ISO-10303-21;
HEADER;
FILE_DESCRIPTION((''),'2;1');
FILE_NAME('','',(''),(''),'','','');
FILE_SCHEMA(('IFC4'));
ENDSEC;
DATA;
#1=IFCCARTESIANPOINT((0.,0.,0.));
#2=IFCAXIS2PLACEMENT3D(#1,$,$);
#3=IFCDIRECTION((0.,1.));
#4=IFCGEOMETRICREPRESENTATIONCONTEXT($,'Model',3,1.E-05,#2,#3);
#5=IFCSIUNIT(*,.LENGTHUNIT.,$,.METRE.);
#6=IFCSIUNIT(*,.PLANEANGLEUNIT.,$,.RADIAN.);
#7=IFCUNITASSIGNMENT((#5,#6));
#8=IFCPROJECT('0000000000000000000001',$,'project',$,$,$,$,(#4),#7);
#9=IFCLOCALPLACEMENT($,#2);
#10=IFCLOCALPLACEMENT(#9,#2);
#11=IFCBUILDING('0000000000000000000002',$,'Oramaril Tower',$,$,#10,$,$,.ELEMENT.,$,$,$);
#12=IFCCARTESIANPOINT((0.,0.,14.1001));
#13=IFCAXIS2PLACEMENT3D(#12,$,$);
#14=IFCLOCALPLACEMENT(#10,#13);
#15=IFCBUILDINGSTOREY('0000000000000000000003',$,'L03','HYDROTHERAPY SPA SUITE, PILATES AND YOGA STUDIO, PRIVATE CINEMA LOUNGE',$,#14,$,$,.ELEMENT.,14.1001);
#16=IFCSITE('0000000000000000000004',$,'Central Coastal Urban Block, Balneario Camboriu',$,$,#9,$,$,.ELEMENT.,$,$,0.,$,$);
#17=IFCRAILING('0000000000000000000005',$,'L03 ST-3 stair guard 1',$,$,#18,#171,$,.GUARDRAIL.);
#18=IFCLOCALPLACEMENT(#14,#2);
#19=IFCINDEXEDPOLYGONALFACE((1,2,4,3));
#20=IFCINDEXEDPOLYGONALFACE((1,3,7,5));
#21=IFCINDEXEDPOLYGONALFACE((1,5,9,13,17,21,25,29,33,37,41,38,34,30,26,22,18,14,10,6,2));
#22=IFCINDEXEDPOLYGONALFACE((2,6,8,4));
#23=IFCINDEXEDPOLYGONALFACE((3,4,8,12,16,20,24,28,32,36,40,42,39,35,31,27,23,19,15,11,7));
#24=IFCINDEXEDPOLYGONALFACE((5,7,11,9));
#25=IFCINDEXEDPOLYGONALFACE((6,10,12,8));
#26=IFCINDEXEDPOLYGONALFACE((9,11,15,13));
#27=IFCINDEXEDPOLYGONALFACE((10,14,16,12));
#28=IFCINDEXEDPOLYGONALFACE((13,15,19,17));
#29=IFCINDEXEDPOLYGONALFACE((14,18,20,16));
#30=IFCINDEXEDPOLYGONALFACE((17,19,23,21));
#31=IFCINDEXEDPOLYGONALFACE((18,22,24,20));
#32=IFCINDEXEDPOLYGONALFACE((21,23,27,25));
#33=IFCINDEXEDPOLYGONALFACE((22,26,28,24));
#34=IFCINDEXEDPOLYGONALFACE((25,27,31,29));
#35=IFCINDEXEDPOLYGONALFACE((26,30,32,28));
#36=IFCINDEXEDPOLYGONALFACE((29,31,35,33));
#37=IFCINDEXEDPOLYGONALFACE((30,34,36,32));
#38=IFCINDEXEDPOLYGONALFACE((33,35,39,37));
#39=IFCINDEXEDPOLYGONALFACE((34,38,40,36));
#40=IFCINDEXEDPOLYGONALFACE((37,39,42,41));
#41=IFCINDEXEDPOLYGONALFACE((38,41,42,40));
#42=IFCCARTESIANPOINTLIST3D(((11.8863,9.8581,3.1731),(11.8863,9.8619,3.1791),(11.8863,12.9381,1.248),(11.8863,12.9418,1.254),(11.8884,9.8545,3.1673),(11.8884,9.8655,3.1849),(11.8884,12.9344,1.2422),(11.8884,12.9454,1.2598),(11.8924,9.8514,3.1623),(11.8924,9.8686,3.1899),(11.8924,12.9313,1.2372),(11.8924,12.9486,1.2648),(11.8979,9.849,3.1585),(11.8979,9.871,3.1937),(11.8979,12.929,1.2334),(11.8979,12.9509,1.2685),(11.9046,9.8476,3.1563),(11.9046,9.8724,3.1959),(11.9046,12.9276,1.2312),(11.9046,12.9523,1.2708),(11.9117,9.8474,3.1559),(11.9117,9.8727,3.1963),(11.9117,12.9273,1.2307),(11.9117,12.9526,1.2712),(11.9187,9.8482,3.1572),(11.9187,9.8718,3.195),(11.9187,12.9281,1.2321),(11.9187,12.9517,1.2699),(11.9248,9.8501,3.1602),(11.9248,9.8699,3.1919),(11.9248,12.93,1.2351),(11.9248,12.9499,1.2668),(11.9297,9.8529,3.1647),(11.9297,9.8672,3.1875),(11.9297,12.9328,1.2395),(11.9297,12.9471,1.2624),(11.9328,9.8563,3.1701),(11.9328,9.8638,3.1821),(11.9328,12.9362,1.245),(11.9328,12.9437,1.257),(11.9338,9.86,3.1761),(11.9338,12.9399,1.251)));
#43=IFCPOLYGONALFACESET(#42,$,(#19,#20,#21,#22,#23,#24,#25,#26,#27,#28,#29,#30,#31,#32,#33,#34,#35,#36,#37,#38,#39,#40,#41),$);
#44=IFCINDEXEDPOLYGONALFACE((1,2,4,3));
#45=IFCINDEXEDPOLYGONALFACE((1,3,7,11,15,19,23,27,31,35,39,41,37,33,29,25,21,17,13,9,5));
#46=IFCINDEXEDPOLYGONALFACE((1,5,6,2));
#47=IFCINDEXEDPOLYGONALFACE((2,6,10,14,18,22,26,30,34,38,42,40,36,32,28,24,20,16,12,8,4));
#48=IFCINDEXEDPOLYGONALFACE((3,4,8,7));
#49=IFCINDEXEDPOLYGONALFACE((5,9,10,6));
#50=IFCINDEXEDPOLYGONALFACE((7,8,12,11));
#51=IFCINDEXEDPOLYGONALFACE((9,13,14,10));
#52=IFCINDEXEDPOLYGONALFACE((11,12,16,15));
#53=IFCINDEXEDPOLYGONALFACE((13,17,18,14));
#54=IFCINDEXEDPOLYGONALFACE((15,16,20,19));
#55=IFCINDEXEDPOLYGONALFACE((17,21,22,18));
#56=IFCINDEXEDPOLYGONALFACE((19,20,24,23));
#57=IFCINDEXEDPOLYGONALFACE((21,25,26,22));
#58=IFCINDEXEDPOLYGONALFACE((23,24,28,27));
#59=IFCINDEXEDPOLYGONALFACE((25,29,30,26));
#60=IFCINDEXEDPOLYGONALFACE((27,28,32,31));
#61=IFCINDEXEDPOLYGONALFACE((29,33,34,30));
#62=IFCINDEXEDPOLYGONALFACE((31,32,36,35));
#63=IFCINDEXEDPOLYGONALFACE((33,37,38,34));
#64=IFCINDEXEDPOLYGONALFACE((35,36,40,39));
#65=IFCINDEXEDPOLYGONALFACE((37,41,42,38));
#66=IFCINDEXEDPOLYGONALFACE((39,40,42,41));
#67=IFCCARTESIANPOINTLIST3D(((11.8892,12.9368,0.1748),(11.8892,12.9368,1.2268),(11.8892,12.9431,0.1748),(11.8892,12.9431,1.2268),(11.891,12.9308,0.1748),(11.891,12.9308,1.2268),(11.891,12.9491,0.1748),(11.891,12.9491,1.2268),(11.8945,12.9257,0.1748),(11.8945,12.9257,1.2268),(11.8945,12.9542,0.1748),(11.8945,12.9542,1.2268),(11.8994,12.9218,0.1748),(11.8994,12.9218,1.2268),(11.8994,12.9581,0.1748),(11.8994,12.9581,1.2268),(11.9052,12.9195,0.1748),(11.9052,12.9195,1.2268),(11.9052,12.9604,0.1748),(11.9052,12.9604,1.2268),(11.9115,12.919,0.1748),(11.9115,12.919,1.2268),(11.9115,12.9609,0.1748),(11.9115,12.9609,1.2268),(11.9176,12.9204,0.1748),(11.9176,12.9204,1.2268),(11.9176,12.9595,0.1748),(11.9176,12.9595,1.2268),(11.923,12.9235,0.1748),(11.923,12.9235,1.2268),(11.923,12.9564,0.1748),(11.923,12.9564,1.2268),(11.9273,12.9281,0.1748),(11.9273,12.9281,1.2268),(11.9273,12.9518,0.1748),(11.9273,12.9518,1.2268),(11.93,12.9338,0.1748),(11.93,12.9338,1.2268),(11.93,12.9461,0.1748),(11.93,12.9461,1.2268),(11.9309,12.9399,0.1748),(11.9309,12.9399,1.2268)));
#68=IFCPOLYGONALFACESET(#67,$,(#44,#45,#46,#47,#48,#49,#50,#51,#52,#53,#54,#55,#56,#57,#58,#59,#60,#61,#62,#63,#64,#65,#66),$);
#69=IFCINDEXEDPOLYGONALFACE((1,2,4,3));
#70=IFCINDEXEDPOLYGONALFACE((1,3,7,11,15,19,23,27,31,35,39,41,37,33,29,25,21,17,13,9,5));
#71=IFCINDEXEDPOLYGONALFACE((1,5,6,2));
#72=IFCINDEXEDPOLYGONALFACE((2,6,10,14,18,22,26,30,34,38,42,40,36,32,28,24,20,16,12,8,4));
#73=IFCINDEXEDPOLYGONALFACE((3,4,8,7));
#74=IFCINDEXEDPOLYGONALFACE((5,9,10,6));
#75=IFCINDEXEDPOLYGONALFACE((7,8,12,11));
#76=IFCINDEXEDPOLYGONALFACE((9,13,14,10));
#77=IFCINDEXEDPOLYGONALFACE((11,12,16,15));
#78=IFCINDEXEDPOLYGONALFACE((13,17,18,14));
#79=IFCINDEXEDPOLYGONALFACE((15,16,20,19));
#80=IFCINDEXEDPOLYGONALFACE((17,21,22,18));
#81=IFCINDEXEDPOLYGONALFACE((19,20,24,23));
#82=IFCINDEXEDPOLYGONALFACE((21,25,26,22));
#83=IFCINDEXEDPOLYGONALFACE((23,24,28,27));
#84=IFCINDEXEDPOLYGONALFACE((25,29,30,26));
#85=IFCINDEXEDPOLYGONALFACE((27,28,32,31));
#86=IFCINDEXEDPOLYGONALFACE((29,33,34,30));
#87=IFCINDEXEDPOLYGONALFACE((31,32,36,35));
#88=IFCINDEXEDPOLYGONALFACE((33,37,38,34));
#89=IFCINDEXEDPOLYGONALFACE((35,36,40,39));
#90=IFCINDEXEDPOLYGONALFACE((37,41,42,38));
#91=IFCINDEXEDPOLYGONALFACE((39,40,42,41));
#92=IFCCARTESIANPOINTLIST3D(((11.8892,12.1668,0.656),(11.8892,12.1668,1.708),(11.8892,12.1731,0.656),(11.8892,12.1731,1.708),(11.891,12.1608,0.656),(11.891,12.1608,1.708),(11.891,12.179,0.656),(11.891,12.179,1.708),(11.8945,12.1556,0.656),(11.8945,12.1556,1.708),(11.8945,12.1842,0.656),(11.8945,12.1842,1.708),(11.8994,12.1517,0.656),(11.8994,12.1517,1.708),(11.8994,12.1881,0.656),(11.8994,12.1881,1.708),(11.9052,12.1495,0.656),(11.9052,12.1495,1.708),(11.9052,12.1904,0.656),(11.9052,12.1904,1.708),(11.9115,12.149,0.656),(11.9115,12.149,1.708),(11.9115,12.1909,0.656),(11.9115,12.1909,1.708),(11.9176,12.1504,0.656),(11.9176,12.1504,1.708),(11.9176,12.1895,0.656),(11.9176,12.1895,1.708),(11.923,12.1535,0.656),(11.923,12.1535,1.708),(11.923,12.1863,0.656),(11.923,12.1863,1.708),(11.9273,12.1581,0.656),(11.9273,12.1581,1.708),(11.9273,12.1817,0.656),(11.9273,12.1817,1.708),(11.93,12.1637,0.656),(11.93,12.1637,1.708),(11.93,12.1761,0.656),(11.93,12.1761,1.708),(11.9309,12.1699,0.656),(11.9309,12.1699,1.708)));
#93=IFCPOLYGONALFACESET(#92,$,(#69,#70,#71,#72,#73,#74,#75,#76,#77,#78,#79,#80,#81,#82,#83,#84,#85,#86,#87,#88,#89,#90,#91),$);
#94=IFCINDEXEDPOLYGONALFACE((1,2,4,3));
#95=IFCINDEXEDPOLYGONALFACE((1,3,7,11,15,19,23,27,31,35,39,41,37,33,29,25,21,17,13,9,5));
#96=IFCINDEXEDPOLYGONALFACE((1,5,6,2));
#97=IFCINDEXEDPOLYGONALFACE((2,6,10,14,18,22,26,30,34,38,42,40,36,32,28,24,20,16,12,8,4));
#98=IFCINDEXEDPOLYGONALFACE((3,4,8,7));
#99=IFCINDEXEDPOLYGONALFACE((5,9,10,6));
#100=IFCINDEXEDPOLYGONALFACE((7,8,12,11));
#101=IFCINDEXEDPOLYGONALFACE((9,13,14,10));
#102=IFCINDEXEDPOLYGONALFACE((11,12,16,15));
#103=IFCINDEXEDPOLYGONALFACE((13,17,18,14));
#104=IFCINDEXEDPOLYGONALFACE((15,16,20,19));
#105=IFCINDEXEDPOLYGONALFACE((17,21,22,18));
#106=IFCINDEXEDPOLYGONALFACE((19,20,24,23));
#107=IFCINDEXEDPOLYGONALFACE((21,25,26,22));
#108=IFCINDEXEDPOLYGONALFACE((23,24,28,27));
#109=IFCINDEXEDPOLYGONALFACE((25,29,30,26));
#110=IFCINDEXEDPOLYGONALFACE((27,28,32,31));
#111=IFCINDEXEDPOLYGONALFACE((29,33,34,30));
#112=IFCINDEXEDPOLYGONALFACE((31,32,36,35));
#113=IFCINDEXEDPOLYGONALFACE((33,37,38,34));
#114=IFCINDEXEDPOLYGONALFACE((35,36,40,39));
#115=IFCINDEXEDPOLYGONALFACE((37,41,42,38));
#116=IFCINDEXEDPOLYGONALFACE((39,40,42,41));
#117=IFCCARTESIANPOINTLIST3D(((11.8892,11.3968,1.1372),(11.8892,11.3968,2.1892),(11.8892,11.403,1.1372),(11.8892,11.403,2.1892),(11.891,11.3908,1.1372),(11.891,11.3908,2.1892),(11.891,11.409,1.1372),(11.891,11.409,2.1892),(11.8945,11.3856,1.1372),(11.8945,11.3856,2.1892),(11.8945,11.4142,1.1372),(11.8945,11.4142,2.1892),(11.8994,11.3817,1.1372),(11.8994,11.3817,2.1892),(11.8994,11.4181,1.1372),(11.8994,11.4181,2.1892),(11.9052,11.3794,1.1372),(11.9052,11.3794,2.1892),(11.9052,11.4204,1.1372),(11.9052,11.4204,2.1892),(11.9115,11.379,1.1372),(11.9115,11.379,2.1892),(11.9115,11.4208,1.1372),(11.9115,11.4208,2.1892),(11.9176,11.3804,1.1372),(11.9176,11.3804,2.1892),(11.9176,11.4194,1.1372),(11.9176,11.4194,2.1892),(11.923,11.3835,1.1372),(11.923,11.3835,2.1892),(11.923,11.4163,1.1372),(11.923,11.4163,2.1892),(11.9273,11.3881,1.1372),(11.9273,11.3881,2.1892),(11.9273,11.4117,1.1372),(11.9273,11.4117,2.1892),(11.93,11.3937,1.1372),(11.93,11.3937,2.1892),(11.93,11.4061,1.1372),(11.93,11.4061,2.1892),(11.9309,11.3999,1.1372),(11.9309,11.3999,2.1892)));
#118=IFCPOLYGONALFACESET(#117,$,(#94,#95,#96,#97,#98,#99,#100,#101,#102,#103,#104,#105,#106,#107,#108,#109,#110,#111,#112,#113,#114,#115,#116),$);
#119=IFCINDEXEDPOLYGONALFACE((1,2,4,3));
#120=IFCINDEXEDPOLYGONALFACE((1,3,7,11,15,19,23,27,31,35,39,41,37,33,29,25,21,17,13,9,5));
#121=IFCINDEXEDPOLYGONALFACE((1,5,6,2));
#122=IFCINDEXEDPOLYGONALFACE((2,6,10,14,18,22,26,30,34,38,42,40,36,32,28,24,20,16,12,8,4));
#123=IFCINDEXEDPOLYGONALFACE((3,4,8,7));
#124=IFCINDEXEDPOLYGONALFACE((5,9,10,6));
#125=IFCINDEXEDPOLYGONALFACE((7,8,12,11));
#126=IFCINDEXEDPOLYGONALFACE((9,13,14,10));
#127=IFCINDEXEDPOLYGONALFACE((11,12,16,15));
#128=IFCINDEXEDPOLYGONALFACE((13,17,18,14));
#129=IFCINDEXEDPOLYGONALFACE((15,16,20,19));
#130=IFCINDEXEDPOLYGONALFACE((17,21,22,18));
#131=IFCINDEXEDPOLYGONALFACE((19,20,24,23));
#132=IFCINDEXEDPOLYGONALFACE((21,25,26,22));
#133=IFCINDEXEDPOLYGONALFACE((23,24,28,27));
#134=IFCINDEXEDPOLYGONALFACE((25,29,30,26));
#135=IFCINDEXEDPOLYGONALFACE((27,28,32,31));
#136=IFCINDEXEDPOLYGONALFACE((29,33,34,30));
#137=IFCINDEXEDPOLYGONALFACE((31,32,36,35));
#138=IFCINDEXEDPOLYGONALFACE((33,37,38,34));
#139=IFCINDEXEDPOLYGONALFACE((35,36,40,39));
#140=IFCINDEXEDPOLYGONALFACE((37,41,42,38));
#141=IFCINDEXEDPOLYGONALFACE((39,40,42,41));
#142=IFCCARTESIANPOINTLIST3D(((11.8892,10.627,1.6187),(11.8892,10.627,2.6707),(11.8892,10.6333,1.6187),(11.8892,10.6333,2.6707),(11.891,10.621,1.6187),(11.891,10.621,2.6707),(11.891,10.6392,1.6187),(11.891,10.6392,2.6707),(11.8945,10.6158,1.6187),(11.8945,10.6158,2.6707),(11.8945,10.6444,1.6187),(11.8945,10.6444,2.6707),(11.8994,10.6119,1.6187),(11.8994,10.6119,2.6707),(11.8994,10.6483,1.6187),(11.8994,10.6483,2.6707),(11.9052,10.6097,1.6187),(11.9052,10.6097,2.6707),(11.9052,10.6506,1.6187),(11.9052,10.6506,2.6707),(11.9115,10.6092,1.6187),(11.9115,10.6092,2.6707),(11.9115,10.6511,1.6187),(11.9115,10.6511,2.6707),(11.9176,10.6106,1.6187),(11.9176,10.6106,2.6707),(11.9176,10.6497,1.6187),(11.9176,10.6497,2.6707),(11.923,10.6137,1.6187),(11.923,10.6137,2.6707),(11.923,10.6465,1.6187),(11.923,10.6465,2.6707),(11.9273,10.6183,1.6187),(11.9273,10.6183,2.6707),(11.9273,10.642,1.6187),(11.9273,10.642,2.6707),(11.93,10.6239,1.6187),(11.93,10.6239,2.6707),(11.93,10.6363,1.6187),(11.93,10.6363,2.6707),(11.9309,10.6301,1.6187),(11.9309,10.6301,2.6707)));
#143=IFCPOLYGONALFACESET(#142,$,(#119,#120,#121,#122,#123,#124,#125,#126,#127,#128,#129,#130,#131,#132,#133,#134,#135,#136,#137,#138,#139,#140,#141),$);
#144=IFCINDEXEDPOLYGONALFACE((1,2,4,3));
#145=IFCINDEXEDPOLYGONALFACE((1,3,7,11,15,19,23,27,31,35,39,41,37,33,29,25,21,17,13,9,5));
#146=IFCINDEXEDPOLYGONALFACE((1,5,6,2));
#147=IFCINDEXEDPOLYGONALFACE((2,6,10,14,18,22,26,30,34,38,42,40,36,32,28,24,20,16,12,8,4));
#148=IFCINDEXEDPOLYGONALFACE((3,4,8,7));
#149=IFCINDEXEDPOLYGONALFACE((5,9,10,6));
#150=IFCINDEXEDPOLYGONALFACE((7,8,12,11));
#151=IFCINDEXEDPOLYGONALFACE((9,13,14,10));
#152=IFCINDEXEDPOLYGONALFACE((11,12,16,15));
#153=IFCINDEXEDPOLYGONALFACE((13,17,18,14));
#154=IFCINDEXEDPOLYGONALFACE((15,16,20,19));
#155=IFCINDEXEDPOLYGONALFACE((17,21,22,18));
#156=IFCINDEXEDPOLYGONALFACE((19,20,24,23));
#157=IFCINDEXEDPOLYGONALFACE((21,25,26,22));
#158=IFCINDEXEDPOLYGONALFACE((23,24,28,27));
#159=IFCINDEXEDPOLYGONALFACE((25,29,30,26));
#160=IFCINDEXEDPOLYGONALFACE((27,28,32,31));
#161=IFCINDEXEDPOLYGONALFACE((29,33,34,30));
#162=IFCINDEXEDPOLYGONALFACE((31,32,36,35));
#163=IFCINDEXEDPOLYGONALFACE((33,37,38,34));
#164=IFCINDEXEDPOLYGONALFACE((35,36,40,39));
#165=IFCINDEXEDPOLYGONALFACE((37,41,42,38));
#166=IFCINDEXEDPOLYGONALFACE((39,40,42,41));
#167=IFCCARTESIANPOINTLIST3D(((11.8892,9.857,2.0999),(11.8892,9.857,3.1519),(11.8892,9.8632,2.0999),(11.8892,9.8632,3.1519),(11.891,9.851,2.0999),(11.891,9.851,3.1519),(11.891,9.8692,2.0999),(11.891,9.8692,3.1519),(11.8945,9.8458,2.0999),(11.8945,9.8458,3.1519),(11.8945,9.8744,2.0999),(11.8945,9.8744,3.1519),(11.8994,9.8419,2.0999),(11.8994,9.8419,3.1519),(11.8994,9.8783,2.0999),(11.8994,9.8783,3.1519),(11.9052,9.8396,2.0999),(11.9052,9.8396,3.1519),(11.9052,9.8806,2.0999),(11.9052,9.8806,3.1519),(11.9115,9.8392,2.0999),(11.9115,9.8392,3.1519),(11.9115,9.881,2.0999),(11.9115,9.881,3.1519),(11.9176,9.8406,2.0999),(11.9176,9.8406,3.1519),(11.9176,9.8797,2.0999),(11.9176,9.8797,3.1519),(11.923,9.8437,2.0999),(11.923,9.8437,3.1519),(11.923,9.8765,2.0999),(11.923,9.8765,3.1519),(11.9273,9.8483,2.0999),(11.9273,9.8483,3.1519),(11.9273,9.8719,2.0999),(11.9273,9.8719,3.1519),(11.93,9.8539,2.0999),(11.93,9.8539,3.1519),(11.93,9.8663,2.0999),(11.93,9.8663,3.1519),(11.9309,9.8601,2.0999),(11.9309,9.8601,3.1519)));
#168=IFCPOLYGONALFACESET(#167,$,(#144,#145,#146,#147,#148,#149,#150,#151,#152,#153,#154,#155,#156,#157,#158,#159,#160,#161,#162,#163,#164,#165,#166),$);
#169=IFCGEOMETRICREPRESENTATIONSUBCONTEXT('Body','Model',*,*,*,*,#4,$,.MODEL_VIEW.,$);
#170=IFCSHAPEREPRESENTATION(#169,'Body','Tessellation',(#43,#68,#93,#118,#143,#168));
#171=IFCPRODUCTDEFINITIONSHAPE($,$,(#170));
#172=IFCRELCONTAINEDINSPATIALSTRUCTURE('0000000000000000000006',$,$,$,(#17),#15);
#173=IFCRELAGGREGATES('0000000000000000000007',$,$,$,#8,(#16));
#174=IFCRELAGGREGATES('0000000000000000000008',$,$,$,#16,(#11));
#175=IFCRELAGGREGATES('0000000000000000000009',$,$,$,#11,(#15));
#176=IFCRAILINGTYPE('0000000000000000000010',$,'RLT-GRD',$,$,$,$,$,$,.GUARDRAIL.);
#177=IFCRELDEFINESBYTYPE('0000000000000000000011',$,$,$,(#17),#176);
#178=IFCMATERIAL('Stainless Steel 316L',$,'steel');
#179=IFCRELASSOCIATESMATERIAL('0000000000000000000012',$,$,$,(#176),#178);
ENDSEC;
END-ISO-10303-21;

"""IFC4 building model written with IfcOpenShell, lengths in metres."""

from ifc_helpers import new_model, si_unit, direction, frame, origin, origin_2d, place, context, subcontext, project, spatial, circle, extrude, material, type_object, element, save


model = new_model("IFC4")

# Units and contexts
model_context = context("Model", 3, precision=1e-05, world=origin(), true_north=direction((0.0, 1.0)))
body_context = subcontext(model_context, "Body", "Model", "MODEL_VIEW")
ifc_project = project(units=[si_unit("LENGTHUNIT", "METRE"), si_unit("PLANEANGLEUNIT", "RADIAN")], contexts=[model_context])

# Site, building, storey
site_placement = place(None, origin())
site = spatial("IfcSite", under=ifc_project, at=site_placement, Name="Central Coastal Urban Block, Balneario Camboriu", CompositionType="ELEMENT", RefElevation=0.0)
building_placement = place(site_placement, origin())
building = spatial("IfcBuilding", under=site, at=building_placement, Name="Oramaril Tower", CompositionType="ELEMENT")
storey_placement = place(building_placement, frame((0.0, 0.0, 14.1001)))
storey = spatial("IfcBuildingStorey", under=building, at=storey_placement, Name="L03", Description="HYDROTHERAPY SPA SUITE, PILATES AND YOGA STUDIO, PRIVATE CINEMA LOUNGE", CompositionType="ELEMENT", Elevation=14.1001)

# Railing
ifc_material_1 = material(Name="Stainless Steel 316L", Category="steel")
railing_type_1 = type_object("IfcRailingType", Name="RLT-GRD", PredefinedType="GUARDRAIL", material=ifc_material_1)
railing_1_placement = place(storey_placement, frame((11.9099, 12.9399, 0.1748)))
element("IfcRailing", 1, at=railing_1_placement, inside=storey, type_object=railing_type_1, Name="L03 ST-3 stair guard 1", PredefinedType="GUARDRAIL", context=body_context, shape_type="SweptSolid", body=[
    extrude(circle(Radius=0.0239, at=origin_2d()), frame((0.0, 0.0, 1.0762), z_axis=(0.0, -0.847979, 0.530029), x_axis=(1.0, 0.0, 0.0)), (0.0, 0.0, 1.0), 3.6321),
    extrude(circle(Radius=0.021, at=origin_2d()), origin(), (0.0, 0.0, 1.0), 1.052),
    extrude(circle(Radius=0.021, at=origin_2d()), frame((0.0, -0.77, 0.4812)), (0.0, 0.0, 1.0), 1.052),
    extrude(circle(Radius=0.021, at=origin_2d()), frame((0.0, -1.54, 0.9624)), (0.0, 0.0, 1.0), 1.052),
    extrude(circle(Radius=0.021, at=origin_2d()), frame((0.0, -2.3098, 1.4438)), (0.0, 0.0, 1.0), 1.052),
    extrude(circle(Radius=0.021, at=origin_2d()), frame((0.0, -3.0798, 1.925)), (0.0, 0.0, 1.0), 1.052),
])

save(model, "model.ifc")
